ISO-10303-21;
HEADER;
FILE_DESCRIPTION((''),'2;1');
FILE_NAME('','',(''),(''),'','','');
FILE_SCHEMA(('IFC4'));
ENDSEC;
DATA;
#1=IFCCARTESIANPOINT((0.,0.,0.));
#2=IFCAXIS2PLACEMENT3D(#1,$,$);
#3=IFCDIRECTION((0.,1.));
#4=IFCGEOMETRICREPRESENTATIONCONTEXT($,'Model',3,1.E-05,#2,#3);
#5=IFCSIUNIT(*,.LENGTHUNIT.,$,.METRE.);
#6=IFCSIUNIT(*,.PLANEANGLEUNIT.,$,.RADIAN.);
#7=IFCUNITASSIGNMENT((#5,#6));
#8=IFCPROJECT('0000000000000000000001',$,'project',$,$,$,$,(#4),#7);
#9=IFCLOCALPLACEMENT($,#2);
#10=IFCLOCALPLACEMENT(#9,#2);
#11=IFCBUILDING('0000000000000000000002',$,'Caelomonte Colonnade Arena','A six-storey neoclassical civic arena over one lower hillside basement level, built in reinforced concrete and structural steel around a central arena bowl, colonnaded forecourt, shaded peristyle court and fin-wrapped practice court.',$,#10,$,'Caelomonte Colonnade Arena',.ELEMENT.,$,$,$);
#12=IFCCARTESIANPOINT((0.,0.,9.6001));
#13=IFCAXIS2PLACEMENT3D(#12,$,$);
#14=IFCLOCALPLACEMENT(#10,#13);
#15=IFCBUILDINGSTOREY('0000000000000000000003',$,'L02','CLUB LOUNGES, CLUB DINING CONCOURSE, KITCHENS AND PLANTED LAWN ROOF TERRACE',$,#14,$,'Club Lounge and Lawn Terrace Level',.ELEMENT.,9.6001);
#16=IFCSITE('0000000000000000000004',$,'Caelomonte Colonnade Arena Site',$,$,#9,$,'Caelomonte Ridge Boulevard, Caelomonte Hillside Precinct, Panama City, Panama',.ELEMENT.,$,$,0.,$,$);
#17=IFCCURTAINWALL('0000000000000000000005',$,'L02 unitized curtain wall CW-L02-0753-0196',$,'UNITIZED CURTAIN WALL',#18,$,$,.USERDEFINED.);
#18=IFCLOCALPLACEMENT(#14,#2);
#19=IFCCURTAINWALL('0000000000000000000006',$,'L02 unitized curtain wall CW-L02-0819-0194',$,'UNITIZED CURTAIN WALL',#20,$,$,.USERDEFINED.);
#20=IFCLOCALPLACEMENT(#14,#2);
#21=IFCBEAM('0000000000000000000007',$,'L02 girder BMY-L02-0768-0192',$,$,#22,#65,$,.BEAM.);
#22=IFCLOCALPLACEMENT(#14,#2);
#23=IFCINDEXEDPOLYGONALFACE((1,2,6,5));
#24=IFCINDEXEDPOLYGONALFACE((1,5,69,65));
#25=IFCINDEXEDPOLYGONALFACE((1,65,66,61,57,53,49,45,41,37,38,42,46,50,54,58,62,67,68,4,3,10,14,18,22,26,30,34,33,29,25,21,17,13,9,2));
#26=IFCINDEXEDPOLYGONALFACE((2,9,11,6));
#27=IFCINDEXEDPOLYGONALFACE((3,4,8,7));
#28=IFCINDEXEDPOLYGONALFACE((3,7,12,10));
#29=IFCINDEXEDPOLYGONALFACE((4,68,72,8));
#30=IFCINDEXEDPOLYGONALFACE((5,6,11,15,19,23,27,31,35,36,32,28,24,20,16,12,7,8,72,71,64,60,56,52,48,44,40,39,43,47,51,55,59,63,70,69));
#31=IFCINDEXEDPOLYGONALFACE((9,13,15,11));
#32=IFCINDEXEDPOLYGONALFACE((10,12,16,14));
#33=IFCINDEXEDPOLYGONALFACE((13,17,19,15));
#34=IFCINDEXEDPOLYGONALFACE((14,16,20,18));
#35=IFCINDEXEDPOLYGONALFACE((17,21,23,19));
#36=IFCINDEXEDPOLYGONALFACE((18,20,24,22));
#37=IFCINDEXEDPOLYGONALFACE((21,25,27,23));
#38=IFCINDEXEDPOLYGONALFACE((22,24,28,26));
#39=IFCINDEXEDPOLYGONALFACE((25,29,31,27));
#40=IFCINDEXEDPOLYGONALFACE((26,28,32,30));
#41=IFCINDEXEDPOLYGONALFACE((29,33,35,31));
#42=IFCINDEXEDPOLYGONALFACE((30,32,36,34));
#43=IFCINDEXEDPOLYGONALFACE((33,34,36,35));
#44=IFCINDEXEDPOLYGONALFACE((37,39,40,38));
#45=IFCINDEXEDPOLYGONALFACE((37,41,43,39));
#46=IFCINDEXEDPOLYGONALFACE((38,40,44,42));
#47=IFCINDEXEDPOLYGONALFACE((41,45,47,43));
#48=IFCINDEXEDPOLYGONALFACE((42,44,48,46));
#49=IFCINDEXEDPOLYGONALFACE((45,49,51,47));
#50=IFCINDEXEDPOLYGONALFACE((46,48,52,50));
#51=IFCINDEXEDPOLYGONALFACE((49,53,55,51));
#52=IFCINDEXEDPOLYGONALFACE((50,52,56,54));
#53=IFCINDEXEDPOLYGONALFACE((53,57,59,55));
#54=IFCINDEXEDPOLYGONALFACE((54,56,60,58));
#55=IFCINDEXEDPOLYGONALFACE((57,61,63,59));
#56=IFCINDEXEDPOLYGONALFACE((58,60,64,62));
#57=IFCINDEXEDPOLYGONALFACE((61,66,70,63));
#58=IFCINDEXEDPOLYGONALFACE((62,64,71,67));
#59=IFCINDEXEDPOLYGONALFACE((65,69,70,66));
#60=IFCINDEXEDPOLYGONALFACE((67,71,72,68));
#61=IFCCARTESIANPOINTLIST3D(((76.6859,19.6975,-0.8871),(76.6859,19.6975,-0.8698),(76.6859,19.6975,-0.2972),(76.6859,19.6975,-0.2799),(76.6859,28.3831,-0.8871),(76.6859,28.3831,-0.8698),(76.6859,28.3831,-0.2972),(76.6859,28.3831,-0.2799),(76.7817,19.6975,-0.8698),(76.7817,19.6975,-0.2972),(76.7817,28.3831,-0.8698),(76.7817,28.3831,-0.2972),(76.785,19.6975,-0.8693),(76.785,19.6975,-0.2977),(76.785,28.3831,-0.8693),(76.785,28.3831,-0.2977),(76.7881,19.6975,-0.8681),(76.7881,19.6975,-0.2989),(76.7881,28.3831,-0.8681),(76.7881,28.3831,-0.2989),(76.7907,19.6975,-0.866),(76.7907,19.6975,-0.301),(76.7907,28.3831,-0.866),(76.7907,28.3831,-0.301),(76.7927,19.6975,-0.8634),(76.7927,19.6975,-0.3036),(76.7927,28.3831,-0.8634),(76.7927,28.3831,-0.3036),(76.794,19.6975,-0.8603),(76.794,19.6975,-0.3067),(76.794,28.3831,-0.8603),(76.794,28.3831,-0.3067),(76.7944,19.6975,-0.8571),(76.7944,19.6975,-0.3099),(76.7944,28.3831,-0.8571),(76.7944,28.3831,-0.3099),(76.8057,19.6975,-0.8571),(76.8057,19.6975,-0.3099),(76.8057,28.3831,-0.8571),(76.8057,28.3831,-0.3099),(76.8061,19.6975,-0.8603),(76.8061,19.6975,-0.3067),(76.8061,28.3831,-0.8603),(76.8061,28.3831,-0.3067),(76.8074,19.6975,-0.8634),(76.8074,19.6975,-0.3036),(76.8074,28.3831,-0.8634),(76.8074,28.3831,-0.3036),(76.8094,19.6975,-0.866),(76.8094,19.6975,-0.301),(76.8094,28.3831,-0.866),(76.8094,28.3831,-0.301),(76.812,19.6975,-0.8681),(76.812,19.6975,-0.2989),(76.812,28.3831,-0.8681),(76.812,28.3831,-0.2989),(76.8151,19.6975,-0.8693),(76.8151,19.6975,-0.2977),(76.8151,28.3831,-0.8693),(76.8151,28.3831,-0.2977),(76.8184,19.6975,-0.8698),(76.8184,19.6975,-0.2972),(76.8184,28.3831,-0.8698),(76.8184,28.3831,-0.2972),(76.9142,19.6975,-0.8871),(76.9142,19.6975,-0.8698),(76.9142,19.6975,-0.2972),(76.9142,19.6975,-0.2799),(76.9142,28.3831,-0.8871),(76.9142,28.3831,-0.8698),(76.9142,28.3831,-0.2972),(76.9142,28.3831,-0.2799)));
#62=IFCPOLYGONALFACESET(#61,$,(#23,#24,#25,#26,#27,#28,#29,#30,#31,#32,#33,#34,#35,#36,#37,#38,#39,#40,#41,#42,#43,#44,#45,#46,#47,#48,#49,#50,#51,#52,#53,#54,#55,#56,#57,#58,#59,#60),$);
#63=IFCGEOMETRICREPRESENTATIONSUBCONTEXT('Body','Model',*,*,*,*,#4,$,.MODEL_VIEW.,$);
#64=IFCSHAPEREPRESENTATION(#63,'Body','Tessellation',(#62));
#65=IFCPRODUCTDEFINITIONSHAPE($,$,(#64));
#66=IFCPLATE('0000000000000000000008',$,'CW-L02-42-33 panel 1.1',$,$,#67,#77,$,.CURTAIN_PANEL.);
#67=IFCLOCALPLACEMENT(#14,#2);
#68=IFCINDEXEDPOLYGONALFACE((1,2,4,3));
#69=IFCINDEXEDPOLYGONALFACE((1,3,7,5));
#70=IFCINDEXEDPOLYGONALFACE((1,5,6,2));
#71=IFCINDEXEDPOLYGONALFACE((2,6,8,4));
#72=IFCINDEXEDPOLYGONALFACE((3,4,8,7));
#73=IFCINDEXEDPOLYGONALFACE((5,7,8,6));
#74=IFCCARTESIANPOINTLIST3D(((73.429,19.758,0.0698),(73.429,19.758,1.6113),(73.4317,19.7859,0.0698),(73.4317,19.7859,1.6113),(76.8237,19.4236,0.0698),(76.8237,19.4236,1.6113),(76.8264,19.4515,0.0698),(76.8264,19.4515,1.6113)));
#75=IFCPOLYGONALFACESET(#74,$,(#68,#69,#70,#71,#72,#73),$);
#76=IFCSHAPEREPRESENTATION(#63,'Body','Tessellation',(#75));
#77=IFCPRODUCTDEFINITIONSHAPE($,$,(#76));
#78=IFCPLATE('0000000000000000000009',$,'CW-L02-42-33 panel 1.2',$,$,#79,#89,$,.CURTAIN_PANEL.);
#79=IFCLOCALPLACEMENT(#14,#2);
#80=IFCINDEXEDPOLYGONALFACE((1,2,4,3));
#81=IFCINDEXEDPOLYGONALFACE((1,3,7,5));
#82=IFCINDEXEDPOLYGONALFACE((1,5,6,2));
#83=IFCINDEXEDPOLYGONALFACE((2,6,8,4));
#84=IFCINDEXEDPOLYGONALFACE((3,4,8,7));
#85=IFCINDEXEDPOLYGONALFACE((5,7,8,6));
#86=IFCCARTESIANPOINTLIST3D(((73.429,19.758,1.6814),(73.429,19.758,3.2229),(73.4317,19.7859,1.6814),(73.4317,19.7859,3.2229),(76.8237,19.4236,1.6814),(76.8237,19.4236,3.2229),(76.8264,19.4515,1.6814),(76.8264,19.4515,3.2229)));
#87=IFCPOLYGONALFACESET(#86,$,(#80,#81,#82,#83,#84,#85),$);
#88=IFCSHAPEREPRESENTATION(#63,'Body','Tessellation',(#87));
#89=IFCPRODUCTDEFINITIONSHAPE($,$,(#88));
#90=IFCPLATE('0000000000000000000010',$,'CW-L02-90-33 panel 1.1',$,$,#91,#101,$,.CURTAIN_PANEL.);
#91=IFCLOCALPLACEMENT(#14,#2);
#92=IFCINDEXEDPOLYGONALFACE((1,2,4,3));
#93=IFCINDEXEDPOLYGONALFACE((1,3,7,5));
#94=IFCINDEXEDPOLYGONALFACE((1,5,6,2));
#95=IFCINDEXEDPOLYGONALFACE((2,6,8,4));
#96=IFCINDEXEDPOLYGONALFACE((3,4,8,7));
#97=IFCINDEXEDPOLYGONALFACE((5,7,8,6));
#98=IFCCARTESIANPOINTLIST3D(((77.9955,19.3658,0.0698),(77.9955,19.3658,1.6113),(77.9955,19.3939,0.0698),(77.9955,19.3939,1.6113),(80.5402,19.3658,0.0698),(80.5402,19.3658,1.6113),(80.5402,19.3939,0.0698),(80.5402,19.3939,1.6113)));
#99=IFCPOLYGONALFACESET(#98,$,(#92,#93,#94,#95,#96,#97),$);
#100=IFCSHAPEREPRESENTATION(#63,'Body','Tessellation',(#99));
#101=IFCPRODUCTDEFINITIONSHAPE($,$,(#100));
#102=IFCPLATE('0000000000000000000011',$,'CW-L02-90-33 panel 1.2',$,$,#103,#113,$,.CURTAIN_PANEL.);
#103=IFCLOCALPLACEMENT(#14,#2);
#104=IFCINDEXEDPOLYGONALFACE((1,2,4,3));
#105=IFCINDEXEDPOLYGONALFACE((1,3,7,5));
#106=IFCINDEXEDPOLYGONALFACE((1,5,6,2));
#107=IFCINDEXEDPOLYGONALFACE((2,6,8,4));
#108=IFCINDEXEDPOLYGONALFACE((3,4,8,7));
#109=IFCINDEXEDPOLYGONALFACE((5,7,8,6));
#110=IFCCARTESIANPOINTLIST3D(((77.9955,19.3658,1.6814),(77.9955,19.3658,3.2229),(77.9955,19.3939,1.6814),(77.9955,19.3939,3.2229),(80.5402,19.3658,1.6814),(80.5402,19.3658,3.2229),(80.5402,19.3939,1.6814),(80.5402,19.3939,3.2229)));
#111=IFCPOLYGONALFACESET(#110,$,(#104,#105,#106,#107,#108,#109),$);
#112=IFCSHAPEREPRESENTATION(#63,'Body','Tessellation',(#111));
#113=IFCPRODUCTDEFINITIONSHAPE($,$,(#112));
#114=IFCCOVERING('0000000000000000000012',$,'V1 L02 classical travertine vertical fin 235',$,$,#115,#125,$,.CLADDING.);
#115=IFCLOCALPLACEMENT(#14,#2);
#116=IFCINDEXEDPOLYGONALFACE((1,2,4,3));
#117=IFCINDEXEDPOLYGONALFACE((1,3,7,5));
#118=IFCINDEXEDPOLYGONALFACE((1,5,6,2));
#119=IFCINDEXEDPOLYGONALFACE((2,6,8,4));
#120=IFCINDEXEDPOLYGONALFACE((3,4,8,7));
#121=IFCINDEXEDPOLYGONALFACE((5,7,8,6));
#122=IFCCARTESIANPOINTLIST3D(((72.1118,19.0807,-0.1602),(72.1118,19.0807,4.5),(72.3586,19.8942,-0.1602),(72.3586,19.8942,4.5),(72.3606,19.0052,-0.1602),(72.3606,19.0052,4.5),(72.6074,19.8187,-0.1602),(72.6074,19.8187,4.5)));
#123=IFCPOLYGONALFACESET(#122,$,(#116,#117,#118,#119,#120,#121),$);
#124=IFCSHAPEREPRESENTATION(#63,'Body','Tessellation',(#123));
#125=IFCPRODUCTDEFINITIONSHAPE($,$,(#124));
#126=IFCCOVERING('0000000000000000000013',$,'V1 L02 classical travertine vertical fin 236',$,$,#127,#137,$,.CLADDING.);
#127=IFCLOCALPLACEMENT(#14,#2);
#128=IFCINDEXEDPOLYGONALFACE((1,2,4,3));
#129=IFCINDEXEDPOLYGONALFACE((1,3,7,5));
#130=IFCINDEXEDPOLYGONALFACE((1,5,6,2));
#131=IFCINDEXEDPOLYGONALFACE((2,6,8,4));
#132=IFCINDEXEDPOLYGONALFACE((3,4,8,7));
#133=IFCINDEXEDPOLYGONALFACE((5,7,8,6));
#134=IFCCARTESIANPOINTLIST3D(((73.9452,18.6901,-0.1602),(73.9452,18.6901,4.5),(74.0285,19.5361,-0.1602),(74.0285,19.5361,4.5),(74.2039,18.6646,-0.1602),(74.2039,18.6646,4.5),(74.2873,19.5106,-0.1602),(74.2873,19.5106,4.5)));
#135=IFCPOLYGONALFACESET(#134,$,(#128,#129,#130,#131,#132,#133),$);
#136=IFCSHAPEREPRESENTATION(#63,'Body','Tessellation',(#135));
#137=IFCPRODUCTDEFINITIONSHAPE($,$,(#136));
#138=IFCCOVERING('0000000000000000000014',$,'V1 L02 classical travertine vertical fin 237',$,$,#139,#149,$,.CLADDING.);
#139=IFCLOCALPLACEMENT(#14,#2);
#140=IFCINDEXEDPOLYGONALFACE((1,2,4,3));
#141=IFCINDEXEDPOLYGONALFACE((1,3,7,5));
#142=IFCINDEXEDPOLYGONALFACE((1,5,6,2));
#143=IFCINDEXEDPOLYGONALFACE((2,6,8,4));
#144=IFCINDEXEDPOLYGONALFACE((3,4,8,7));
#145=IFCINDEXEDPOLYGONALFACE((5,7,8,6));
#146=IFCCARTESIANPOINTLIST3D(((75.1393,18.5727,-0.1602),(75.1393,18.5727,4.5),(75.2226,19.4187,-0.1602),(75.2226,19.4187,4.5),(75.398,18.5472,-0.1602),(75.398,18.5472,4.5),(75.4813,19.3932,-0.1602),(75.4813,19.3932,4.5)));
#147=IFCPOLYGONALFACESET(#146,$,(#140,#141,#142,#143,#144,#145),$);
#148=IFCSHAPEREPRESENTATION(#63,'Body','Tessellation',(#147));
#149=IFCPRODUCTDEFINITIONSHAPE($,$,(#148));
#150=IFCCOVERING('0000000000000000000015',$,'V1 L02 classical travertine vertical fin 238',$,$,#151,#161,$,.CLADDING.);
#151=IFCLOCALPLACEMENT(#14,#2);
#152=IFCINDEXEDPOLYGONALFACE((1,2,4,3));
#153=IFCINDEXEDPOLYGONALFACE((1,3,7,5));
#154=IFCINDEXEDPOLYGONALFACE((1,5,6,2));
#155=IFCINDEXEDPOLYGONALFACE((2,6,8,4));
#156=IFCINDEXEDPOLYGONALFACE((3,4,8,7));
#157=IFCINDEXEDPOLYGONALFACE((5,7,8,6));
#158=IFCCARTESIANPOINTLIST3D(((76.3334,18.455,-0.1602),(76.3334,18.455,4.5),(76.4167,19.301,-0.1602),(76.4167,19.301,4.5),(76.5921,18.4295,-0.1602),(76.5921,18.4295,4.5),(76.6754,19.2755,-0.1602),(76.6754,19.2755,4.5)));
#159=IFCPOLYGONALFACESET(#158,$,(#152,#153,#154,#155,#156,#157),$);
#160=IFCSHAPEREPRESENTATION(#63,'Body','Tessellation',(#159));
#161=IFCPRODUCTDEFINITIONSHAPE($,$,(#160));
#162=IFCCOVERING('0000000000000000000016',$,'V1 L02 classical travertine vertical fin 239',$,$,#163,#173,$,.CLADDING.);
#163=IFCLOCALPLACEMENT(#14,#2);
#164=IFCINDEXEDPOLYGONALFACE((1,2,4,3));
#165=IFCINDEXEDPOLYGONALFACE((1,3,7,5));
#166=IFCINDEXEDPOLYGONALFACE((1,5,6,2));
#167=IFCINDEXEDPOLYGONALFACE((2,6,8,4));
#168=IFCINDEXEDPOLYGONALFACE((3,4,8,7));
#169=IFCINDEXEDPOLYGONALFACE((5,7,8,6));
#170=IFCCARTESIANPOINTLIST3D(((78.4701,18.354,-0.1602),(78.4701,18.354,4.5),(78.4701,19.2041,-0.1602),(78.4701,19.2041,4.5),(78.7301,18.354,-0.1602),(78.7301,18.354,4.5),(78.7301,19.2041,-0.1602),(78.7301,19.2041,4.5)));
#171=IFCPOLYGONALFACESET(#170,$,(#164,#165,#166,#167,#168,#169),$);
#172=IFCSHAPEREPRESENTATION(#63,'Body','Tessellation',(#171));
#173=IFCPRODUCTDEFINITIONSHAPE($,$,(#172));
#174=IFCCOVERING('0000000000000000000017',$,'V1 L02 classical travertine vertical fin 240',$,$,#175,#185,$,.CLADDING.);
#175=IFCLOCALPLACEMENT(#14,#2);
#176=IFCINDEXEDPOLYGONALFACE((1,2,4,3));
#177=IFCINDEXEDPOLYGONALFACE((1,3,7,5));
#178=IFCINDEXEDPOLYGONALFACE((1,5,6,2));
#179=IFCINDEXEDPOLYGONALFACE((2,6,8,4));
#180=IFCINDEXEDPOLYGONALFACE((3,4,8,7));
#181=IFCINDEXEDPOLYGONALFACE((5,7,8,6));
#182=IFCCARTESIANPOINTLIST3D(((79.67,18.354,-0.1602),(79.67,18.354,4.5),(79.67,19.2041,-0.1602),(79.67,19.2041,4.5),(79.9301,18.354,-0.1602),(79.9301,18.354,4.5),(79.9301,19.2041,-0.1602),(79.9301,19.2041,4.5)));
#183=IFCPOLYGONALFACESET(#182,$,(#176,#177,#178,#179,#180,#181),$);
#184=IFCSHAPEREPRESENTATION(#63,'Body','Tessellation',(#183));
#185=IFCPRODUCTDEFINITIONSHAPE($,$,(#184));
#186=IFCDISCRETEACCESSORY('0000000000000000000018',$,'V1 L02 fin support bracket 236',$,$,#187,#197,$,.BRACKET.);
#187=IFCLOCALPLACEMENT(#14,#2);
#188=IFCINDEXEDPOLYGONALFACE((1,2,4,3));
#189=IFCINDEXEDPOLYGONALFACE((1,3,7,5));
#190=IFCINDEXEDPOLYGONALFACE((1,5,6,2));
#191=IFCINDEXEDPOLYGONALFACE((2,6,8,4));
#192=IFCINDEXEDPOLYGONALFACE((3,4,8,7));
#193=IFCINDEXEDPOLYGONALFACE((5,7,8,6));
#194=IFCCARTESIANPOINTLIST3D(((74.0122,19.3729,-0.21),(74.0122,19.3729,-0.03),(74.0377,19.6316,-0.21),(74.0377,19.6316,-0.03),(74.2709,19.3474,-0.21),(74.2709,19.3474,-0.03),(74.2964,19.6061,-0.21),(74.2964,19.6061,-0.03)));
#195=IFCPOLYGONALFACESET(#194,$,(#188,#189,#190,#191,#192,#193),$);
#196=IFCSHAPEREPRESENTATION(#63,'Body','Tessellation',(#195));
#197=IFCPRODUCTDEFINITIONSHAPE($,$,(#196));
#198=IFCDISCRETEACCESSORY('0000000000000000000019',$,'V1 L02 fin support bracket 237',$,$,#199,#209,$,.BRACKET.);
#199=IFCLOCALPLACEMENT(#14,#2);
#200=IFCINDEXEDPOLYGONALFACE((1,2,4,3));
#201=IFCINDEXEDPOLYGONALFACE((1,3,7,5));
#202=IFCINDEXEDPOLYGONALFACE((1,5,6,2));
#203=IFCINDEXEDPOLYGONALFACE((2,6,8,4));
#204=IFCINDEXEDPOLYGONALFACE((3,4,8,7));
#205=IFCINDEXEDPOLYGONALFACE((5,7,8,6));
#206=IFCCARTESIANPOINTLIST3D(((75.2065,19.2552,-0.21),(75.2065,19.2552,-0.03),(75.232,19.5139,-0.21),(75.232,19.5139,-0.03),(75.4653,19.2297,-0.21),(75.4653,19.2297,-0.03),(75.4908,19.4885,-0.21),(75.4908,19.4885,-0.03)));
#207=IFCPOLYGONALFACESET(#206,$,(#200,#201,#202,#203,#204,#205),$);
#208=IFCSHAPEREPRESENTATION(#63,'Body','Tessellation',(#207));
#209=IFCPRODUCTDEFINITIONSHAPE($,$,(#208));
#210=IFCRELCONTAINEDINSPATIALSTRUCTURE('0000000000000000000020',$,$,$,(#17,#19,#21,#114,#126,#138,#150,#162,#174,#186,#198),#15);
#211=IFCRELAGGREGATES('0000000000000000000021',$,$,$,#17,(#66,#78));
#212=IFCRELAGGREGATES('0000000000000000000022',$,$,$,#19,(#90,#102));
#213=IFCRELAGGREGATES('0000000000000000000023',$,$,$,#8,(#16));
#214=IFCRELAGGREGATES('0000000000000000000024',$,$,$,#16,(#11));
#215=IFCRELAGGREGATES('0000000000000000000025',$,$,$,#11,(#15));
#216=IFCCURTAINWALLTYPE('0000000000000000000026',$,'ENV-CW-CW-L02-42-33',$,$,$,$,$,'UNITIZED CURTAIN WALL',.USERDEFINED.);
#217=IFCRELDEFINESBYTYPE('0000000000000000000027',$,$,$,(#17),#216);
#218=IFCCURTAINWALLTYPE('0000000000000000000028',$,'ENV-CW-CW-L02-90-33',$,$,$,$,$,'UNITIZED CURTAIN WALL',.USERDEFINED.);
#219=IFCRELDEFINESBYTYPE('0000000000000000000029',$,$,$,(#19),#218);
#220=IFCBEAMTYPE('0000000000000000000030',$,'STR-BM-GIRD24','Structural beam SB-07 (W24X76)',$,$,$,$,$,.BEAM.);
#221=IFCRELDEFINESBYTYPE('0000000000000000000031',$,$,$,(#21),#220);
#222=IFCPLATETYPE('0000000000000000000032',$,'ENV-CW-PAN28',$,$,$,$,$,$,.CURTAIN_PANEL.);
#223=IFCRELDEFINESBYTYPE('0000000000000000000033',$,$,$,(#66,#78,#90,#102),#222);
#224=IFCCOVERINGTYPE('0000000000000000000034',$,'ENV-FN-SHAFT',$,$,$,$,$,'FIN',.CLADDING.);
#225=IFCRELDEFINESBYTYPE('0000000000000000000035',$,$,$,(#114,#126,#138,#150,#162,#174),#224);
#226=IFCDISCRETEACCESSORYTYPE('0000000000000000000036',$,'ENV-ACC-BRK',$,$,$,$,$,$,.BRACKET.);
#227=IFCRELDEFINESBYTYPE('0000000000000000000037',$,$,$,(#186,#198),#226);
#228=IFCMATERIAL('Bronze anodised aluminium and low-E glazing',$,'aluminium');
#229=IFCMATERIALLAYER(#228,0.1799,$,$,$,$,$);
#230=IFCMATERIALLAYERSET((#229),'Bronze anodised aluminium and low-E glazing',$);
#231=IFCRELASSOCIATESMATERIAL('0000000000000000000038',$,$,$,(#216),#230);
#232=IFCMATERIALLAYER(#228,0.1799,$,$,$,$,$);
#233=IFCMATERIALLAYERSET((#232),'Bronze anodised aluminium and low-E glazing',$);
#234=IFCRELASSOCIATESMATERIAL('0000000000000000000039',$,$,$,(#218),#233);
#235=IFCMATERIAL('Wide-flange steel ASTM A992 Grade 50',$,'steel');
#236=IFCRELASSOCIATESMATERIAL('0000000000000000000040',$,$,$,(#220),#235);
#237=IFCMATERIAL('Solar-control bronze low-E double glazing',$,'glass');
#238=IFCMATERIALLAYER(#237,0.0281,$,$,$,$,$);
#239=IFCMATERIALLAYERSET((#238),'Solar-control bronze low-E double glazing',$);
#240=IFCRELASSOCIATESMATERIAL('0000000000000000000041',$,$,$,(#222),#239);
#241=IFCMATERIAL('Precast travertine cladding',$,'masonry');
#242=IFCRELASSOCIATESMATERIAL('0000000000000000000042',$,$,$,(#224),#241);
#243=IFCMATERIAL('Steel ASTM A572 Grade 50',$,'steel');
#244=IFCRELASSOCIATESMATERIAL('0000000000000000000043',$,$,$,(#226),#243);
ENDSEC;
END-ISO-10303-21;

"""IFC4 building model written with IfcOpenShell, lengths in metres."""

from ifc_helpers import new_model, si_unit, direction, frame, origin, origin_2d, place, context, subcontext, project, spatial, rectangle, i_section, extrude, material, layer, layer_set, material_profile, profile_set, type_object, element, aggregate, save


model = new_model("IFC4")

# Units and contexts
model_context = context("Model", 3, precision=1e-05, world=origin(), true_north=direction((0.0, 1.0)))
body_context = subcontext(model_context, "Body", "Model", "MODEL_VIEW")
ifc_project = project(units=[si_unit("LENGTHUNIT", "METRE"), si_unit("PLANEANGLEUNIT", "RADIAN")], contexts=[model_context])

# Site, building, storey
site_placement = place(None, origin())
site = spatial("IfcSite", under=ifc_project, at=site_placement, Name="Caelomonte Colonnade Arena Site", LongName="Caelomonte Ridge Boulevard, Caelomonte Hillside Precinct, Panama City, Panama", CompositionType="ELEMENT", RefElevation=0.0)
building_placement = place(site_placement, origin())
building = spatial("IfcBuilding", under=site, at=building_placement, Name="Caelomonte Colonnade Arena", Description="A six-storey neoclassical civic arena over one lower hillside basement level, built in reinforced concrete and structural steel around a central arena bowl, colonnaded forecourt, shaded peristyle court and fin-wrapped practice court.", LongName="Caelomonte Colonnade Arena", CompositionType="ELEMENT")
storey_placement = place(building_placement, frame((0.0, 0.0, 9.6001)))
storey = spatial("IfcBuildingStorey", under=building, at=storey_placement, Name="L02", Description="CLUB LOUNGES, CLUB DINING CONCOURSE, KITCHENS AND PLANTED LAWN ROOF TERRACE", LongName="Club Lounge and Lawn Terrace Level", CompositionType="ELEMENT", Elevation=9.6001)

# Shared definitions
ifc_material_1 = material(Name="Wide-flange steel ASTM A992 Grade 50", Category="steel")

# Curtain walls
ifc_material_2 = material(Name="Bronze anodised aluminium and low-E glazing", Category="aluminium")
ifc_layer_1 = layer(ifc_material_2, 0.1799)
ifc_layer_set_1 = layer_set([ifc_layer_1], Name="Bronze anodised aluminium and low-E glazing")
curtain_wall_type_1 = type_object("IfcCurtainWallType", Name="ENV-CW-CW-L02-42-33", ElementType="UNITIZED CURTAIN WALL", PredefinedType="USERDEFINED", material=ifc_layer_set_1)
curtain_wall_1_placement = place(storey_placement, origin())
curtain_wall_1 = element("IfcCurtainWall", 1, at=curtain_wall_1_placement, inside=storey, type_object=curtain_wall_type_1, Name="L02 unitized curtain wall CW-L02-0753-0196", ObjectType="UNITIZED CURTAIN WALL", PredefinedType="USERDEFINED")
ifc_layer_2 = layer(ifc_material_2, 0.1799)
ifc_layer_set_2 = layer_set([ifc_layer_2], Name="Bronze anodised aluminium and low-E glazing")
curtain_wall_type_2 = type_object("IfcCurtainWallType", Name="ENV-CW-CW-L02-90-33", ElementType="UNITIZED CURTAIN WALL", PredefinedType="USERDEFINED", material=ifc_layer_set_2)
curtain_wall_2_placement = place(storey_placement, origin())
curtain_wall_2 = element("IfcCurtainWall", 2, at=curtain_wall_2_placement, inside=storey, type_object=curtain_wall_type_2, Name="L02 unitized curtain wall CW-L02-0819-0194", ObjectType="UNITIZED CURTAIN WALL", PredefinedType="USERDEFINED")

# Beam
ifc_material_profile_1 = material_profile(ifc_material_1, i_section(OverallWidth=0.2283, OverallDepth=0.6072, WebThickness=0.0112, FlangeThickness=0.0173, FilletRadius=0.0127, at=origin_2d()), Name="W24X76")
ifc_profile_set_1 = profile_set([ifc_material_profile_1], Name="Wide-flange steel ASTM A992 Grade 50")
beam_type_1 = type_object("IfcBeamType", Name="STR-BM-GIRD24", Description="Structural beam SB-07 (W24X76)", PredefinedType="BEAM", material=ifc_profile_set_1)
beam_1_placement = place(storey_placement, frame((76.8, 19.6975, -0.5835), z_axis=(0.0, 1.0, 0.0), x_axis=(-1.0, 0.0, 0.0)))
element("IfcBeam", 3, at=beam_1_placement, inside=storey, type_object=beam_type_1, Name="L02 girder BMY-L02-0768-0192", PredefinedType="BEAM", context=body_context, shape_type="SweptSolid", body=[
    extrude(i_section(OverallWidth=0.2283, OverallDepth=0.6072, WebThickness=0.0112, FlangeThickness=0.0173, FilletRadius=0.0127, at=origin_2d()), origin(), (0.0, 0.0, 1.0), 8.6855),
])

# Plates
ifc_material_3 = material(Name="Solar-control bronze low-E double glazing", Category="glass")
ifc_layer_3 = layer(ifc_material_3, 0.0281)
ifc_layer_set_3 = layer_set([ifc_layer_3], Name="Solar-control bronze low-E double glazing")
plate_type = type_object("IfcPlateType", Name="ENV-CW-PAN28", PredefinedType="CURTAIN_PANEL", material=ifc_layer_set_3)
plate_1_placement = place(storey_placement, frame((75.1277, 19.6047, 0.0698), z_axis=(0.0, 0.0, 1.0), x_axis=(0.995184, -0.098023, 0.0)))
plate_1 = element("IfcPlate", 4, at=plate_1_placement, type_object=plate_type, Name="CW-L02-42-33 panel 1.1", PredefinedType="CURTAIN_PANEL", context=body_context, shape_type="SweptSolid", body=[
    extrude(rectangle(XDim=3.4111, YDim=0.0281, at=origin_2d()), origin(), (0.0, 0.0, 1.0), 1.5415),
])
plate_2_placement = place(storey_placement, frame((75.1277, 19.6047, 1.6814), z_axis=(0.0, 0.0, 1.0), x_axis=(0.995184, -0.098023, 0.0)))
plate_2 = element("IfcPlate", 5, at=plate_2_placement, type_object=plate_type, Name="CW-L02-42-33 panel 1.2", PredefinedType="CURTAIN_PANEL", context=body_context, shape_type="SweptSolid", body=[
    extrude(rectangle(XDim=3.4111, YDim=0.0281, at=origin_2d()), origin(), (0.0, 0.0, 1.0), 1.5415),
])
aggregate(curtain_wall_1, [plate_1, plate_2])
plate_3_placement = place(storey_placement, frame((79.2678, 19.3799, 0.0698), z_axis=(0.0, 0.0, 1.0), x_axis=(1.0, 0.0, 0.0)))
plate_3 = element("IfcPlate", 6, at=plate_3_placement, type_object=plate_type, Name="CW-L02-90-33 panel 1.1", PredefinedType="CURTAIN_PANEL", context=body_context, shape_type="SweptSolid", body=[
    extrude(rectangle(XDim=2.5447, YDim=0.0281, at=origin_2d()), origin(), (0.0, 0.0, 1.0), 1.5415),
])
plate_4_placement = place(storey_placement, frame((79.2678, 19.3799, 1.6814), z_axis=(0.0, 0.0, 1.0), x_axis=(1.0, 0.0, 0.0)))
plate_4 = element("IfcPlate", 7, at=plate_4_placement, type_object=plate_type, Name="CW-L02-90-33 panel 1.2", PredefinedType="CURTAIN_PANEL", context=body_context, shape_type="SweptSolid", body=[
    extrude(rectangle(XDim=2.5447, YDim=0.0281, at=origin_2d()), origin(), (0.0, 0.0, 1.0), 1.5415),
])
aggregate(curtain_wall_2, [plate_3, plate_4])

# Coverings
ifc_material_4 = material(Name="Precast travertine cladding", Category="masonry")
ifc_material_profile_2 = material_profile(ifc_material_4, rectangle(XDim=0.26, YDim=0.8501, at=origin_2d()), Name="FIN260X850")
ifc_profile_set_2 = profile_set([ifc_material_profile_2], Name="Precast travertine cladding")
covering_type = type_object("IfcCoveringType", Name="ENV-FN-SHAFT", ElementType="FIN", PredefinedType="CLADDING", material=ifc_profile_set_2)
for number, where, z_axis, x_axis, name in (
    (8, (72.3596, 19.4497, -0.1602), (0.0, 0.0, 1.0), (-0.956943, 0.290276, 0.0), "V1 L02 classical travertine vertical fin 235"),
    (9, (74.1162, 19.1003, -0.1602), (0.0, 0.0, 1.0), (-0.995185, 0.098015, 0.0), "V1 L02 classical travertine vertical fin 236"),
    (10, (75.3103, 18.9829, -0.1602), (0.0, 0.0, 1.0), (-0.995185, 0.098015, 0.0), "V1 L02 classical travertine vertical fin 237"),
    (11, (76.5044, 18.8652, -0.1602), (0.0, 0.0, 1.0), (-0.995185, 0.098015, 0.0), "V1 L02 classical travertine vertical fin 238"),
    (12, (78.6001, 18.7791, -0.1602), (0.0, 0.0, 1.0), (-1.0, 0.0, 0.0), "V1 L02 classical travertine vertical fin 239"),
    (13, (79.8, 18.7791, -0.1602), (0.0, 0.0, 1.0), (-1.0, 0.0, 0.0), "V1 L02 classical travertine vertical fin 240"),
):
    element("IfcCovering", number, at=place(storey_placement, frame(where, z_axis=z_axis, x_axis=x_axis)), inside=storey, type_object=covering_type, Name=name, PredefinedType="CLADDING", context=body_context, shape_type="SweptSolid", body=[
        extrude(rectangle(XDim=0.26, YDim=0.8501, at=origin_2d()), origin(), (0.0, 0.0, 1.0), 4.6602),
    ])

# Discrete accessories
ifc_material_5 = material(Name="Steel ASTM A572 Grade 50", Category="steel")
discrete_accessory_type = type_object("IfcDiscreteAccessoryType", Name="ENV-ACC-BRK", PredefinedType="BRACKET", material=ifc_material_5)
for number, where, z_axis, x_axis, name in (
    (14, (74.1543, 19.4895, -0.21), (0.0, 0.0, 1.0), (0.995185, -0.098015, 0.0), "V1 L02 fin support bracket 236"),
    (15, (75.3486, 19.3718, -0.21), (0.0, 0.0, 1.0), (0.995185, -0.098015, 0.0), "V1 L02 fin support bracket 237"),
):
    element("IfcDiscreteAccessory", number, at=place(storey_placement, frame(where, z_axis=z_axis, x_axis=x_axis)), inside=storey, type_object=discrete_accessory_type, Name=name, PredefinedType="BRACKET", context=body_context, shape_type="SweptSolid", body=[
        extrude(rectangle(XDim=0.26, YDim=0.26, at=origin_2d()), origin(), (0.0, 0.0, 1.0), 0.1799),
    ])

save(model, "model.ifc")
